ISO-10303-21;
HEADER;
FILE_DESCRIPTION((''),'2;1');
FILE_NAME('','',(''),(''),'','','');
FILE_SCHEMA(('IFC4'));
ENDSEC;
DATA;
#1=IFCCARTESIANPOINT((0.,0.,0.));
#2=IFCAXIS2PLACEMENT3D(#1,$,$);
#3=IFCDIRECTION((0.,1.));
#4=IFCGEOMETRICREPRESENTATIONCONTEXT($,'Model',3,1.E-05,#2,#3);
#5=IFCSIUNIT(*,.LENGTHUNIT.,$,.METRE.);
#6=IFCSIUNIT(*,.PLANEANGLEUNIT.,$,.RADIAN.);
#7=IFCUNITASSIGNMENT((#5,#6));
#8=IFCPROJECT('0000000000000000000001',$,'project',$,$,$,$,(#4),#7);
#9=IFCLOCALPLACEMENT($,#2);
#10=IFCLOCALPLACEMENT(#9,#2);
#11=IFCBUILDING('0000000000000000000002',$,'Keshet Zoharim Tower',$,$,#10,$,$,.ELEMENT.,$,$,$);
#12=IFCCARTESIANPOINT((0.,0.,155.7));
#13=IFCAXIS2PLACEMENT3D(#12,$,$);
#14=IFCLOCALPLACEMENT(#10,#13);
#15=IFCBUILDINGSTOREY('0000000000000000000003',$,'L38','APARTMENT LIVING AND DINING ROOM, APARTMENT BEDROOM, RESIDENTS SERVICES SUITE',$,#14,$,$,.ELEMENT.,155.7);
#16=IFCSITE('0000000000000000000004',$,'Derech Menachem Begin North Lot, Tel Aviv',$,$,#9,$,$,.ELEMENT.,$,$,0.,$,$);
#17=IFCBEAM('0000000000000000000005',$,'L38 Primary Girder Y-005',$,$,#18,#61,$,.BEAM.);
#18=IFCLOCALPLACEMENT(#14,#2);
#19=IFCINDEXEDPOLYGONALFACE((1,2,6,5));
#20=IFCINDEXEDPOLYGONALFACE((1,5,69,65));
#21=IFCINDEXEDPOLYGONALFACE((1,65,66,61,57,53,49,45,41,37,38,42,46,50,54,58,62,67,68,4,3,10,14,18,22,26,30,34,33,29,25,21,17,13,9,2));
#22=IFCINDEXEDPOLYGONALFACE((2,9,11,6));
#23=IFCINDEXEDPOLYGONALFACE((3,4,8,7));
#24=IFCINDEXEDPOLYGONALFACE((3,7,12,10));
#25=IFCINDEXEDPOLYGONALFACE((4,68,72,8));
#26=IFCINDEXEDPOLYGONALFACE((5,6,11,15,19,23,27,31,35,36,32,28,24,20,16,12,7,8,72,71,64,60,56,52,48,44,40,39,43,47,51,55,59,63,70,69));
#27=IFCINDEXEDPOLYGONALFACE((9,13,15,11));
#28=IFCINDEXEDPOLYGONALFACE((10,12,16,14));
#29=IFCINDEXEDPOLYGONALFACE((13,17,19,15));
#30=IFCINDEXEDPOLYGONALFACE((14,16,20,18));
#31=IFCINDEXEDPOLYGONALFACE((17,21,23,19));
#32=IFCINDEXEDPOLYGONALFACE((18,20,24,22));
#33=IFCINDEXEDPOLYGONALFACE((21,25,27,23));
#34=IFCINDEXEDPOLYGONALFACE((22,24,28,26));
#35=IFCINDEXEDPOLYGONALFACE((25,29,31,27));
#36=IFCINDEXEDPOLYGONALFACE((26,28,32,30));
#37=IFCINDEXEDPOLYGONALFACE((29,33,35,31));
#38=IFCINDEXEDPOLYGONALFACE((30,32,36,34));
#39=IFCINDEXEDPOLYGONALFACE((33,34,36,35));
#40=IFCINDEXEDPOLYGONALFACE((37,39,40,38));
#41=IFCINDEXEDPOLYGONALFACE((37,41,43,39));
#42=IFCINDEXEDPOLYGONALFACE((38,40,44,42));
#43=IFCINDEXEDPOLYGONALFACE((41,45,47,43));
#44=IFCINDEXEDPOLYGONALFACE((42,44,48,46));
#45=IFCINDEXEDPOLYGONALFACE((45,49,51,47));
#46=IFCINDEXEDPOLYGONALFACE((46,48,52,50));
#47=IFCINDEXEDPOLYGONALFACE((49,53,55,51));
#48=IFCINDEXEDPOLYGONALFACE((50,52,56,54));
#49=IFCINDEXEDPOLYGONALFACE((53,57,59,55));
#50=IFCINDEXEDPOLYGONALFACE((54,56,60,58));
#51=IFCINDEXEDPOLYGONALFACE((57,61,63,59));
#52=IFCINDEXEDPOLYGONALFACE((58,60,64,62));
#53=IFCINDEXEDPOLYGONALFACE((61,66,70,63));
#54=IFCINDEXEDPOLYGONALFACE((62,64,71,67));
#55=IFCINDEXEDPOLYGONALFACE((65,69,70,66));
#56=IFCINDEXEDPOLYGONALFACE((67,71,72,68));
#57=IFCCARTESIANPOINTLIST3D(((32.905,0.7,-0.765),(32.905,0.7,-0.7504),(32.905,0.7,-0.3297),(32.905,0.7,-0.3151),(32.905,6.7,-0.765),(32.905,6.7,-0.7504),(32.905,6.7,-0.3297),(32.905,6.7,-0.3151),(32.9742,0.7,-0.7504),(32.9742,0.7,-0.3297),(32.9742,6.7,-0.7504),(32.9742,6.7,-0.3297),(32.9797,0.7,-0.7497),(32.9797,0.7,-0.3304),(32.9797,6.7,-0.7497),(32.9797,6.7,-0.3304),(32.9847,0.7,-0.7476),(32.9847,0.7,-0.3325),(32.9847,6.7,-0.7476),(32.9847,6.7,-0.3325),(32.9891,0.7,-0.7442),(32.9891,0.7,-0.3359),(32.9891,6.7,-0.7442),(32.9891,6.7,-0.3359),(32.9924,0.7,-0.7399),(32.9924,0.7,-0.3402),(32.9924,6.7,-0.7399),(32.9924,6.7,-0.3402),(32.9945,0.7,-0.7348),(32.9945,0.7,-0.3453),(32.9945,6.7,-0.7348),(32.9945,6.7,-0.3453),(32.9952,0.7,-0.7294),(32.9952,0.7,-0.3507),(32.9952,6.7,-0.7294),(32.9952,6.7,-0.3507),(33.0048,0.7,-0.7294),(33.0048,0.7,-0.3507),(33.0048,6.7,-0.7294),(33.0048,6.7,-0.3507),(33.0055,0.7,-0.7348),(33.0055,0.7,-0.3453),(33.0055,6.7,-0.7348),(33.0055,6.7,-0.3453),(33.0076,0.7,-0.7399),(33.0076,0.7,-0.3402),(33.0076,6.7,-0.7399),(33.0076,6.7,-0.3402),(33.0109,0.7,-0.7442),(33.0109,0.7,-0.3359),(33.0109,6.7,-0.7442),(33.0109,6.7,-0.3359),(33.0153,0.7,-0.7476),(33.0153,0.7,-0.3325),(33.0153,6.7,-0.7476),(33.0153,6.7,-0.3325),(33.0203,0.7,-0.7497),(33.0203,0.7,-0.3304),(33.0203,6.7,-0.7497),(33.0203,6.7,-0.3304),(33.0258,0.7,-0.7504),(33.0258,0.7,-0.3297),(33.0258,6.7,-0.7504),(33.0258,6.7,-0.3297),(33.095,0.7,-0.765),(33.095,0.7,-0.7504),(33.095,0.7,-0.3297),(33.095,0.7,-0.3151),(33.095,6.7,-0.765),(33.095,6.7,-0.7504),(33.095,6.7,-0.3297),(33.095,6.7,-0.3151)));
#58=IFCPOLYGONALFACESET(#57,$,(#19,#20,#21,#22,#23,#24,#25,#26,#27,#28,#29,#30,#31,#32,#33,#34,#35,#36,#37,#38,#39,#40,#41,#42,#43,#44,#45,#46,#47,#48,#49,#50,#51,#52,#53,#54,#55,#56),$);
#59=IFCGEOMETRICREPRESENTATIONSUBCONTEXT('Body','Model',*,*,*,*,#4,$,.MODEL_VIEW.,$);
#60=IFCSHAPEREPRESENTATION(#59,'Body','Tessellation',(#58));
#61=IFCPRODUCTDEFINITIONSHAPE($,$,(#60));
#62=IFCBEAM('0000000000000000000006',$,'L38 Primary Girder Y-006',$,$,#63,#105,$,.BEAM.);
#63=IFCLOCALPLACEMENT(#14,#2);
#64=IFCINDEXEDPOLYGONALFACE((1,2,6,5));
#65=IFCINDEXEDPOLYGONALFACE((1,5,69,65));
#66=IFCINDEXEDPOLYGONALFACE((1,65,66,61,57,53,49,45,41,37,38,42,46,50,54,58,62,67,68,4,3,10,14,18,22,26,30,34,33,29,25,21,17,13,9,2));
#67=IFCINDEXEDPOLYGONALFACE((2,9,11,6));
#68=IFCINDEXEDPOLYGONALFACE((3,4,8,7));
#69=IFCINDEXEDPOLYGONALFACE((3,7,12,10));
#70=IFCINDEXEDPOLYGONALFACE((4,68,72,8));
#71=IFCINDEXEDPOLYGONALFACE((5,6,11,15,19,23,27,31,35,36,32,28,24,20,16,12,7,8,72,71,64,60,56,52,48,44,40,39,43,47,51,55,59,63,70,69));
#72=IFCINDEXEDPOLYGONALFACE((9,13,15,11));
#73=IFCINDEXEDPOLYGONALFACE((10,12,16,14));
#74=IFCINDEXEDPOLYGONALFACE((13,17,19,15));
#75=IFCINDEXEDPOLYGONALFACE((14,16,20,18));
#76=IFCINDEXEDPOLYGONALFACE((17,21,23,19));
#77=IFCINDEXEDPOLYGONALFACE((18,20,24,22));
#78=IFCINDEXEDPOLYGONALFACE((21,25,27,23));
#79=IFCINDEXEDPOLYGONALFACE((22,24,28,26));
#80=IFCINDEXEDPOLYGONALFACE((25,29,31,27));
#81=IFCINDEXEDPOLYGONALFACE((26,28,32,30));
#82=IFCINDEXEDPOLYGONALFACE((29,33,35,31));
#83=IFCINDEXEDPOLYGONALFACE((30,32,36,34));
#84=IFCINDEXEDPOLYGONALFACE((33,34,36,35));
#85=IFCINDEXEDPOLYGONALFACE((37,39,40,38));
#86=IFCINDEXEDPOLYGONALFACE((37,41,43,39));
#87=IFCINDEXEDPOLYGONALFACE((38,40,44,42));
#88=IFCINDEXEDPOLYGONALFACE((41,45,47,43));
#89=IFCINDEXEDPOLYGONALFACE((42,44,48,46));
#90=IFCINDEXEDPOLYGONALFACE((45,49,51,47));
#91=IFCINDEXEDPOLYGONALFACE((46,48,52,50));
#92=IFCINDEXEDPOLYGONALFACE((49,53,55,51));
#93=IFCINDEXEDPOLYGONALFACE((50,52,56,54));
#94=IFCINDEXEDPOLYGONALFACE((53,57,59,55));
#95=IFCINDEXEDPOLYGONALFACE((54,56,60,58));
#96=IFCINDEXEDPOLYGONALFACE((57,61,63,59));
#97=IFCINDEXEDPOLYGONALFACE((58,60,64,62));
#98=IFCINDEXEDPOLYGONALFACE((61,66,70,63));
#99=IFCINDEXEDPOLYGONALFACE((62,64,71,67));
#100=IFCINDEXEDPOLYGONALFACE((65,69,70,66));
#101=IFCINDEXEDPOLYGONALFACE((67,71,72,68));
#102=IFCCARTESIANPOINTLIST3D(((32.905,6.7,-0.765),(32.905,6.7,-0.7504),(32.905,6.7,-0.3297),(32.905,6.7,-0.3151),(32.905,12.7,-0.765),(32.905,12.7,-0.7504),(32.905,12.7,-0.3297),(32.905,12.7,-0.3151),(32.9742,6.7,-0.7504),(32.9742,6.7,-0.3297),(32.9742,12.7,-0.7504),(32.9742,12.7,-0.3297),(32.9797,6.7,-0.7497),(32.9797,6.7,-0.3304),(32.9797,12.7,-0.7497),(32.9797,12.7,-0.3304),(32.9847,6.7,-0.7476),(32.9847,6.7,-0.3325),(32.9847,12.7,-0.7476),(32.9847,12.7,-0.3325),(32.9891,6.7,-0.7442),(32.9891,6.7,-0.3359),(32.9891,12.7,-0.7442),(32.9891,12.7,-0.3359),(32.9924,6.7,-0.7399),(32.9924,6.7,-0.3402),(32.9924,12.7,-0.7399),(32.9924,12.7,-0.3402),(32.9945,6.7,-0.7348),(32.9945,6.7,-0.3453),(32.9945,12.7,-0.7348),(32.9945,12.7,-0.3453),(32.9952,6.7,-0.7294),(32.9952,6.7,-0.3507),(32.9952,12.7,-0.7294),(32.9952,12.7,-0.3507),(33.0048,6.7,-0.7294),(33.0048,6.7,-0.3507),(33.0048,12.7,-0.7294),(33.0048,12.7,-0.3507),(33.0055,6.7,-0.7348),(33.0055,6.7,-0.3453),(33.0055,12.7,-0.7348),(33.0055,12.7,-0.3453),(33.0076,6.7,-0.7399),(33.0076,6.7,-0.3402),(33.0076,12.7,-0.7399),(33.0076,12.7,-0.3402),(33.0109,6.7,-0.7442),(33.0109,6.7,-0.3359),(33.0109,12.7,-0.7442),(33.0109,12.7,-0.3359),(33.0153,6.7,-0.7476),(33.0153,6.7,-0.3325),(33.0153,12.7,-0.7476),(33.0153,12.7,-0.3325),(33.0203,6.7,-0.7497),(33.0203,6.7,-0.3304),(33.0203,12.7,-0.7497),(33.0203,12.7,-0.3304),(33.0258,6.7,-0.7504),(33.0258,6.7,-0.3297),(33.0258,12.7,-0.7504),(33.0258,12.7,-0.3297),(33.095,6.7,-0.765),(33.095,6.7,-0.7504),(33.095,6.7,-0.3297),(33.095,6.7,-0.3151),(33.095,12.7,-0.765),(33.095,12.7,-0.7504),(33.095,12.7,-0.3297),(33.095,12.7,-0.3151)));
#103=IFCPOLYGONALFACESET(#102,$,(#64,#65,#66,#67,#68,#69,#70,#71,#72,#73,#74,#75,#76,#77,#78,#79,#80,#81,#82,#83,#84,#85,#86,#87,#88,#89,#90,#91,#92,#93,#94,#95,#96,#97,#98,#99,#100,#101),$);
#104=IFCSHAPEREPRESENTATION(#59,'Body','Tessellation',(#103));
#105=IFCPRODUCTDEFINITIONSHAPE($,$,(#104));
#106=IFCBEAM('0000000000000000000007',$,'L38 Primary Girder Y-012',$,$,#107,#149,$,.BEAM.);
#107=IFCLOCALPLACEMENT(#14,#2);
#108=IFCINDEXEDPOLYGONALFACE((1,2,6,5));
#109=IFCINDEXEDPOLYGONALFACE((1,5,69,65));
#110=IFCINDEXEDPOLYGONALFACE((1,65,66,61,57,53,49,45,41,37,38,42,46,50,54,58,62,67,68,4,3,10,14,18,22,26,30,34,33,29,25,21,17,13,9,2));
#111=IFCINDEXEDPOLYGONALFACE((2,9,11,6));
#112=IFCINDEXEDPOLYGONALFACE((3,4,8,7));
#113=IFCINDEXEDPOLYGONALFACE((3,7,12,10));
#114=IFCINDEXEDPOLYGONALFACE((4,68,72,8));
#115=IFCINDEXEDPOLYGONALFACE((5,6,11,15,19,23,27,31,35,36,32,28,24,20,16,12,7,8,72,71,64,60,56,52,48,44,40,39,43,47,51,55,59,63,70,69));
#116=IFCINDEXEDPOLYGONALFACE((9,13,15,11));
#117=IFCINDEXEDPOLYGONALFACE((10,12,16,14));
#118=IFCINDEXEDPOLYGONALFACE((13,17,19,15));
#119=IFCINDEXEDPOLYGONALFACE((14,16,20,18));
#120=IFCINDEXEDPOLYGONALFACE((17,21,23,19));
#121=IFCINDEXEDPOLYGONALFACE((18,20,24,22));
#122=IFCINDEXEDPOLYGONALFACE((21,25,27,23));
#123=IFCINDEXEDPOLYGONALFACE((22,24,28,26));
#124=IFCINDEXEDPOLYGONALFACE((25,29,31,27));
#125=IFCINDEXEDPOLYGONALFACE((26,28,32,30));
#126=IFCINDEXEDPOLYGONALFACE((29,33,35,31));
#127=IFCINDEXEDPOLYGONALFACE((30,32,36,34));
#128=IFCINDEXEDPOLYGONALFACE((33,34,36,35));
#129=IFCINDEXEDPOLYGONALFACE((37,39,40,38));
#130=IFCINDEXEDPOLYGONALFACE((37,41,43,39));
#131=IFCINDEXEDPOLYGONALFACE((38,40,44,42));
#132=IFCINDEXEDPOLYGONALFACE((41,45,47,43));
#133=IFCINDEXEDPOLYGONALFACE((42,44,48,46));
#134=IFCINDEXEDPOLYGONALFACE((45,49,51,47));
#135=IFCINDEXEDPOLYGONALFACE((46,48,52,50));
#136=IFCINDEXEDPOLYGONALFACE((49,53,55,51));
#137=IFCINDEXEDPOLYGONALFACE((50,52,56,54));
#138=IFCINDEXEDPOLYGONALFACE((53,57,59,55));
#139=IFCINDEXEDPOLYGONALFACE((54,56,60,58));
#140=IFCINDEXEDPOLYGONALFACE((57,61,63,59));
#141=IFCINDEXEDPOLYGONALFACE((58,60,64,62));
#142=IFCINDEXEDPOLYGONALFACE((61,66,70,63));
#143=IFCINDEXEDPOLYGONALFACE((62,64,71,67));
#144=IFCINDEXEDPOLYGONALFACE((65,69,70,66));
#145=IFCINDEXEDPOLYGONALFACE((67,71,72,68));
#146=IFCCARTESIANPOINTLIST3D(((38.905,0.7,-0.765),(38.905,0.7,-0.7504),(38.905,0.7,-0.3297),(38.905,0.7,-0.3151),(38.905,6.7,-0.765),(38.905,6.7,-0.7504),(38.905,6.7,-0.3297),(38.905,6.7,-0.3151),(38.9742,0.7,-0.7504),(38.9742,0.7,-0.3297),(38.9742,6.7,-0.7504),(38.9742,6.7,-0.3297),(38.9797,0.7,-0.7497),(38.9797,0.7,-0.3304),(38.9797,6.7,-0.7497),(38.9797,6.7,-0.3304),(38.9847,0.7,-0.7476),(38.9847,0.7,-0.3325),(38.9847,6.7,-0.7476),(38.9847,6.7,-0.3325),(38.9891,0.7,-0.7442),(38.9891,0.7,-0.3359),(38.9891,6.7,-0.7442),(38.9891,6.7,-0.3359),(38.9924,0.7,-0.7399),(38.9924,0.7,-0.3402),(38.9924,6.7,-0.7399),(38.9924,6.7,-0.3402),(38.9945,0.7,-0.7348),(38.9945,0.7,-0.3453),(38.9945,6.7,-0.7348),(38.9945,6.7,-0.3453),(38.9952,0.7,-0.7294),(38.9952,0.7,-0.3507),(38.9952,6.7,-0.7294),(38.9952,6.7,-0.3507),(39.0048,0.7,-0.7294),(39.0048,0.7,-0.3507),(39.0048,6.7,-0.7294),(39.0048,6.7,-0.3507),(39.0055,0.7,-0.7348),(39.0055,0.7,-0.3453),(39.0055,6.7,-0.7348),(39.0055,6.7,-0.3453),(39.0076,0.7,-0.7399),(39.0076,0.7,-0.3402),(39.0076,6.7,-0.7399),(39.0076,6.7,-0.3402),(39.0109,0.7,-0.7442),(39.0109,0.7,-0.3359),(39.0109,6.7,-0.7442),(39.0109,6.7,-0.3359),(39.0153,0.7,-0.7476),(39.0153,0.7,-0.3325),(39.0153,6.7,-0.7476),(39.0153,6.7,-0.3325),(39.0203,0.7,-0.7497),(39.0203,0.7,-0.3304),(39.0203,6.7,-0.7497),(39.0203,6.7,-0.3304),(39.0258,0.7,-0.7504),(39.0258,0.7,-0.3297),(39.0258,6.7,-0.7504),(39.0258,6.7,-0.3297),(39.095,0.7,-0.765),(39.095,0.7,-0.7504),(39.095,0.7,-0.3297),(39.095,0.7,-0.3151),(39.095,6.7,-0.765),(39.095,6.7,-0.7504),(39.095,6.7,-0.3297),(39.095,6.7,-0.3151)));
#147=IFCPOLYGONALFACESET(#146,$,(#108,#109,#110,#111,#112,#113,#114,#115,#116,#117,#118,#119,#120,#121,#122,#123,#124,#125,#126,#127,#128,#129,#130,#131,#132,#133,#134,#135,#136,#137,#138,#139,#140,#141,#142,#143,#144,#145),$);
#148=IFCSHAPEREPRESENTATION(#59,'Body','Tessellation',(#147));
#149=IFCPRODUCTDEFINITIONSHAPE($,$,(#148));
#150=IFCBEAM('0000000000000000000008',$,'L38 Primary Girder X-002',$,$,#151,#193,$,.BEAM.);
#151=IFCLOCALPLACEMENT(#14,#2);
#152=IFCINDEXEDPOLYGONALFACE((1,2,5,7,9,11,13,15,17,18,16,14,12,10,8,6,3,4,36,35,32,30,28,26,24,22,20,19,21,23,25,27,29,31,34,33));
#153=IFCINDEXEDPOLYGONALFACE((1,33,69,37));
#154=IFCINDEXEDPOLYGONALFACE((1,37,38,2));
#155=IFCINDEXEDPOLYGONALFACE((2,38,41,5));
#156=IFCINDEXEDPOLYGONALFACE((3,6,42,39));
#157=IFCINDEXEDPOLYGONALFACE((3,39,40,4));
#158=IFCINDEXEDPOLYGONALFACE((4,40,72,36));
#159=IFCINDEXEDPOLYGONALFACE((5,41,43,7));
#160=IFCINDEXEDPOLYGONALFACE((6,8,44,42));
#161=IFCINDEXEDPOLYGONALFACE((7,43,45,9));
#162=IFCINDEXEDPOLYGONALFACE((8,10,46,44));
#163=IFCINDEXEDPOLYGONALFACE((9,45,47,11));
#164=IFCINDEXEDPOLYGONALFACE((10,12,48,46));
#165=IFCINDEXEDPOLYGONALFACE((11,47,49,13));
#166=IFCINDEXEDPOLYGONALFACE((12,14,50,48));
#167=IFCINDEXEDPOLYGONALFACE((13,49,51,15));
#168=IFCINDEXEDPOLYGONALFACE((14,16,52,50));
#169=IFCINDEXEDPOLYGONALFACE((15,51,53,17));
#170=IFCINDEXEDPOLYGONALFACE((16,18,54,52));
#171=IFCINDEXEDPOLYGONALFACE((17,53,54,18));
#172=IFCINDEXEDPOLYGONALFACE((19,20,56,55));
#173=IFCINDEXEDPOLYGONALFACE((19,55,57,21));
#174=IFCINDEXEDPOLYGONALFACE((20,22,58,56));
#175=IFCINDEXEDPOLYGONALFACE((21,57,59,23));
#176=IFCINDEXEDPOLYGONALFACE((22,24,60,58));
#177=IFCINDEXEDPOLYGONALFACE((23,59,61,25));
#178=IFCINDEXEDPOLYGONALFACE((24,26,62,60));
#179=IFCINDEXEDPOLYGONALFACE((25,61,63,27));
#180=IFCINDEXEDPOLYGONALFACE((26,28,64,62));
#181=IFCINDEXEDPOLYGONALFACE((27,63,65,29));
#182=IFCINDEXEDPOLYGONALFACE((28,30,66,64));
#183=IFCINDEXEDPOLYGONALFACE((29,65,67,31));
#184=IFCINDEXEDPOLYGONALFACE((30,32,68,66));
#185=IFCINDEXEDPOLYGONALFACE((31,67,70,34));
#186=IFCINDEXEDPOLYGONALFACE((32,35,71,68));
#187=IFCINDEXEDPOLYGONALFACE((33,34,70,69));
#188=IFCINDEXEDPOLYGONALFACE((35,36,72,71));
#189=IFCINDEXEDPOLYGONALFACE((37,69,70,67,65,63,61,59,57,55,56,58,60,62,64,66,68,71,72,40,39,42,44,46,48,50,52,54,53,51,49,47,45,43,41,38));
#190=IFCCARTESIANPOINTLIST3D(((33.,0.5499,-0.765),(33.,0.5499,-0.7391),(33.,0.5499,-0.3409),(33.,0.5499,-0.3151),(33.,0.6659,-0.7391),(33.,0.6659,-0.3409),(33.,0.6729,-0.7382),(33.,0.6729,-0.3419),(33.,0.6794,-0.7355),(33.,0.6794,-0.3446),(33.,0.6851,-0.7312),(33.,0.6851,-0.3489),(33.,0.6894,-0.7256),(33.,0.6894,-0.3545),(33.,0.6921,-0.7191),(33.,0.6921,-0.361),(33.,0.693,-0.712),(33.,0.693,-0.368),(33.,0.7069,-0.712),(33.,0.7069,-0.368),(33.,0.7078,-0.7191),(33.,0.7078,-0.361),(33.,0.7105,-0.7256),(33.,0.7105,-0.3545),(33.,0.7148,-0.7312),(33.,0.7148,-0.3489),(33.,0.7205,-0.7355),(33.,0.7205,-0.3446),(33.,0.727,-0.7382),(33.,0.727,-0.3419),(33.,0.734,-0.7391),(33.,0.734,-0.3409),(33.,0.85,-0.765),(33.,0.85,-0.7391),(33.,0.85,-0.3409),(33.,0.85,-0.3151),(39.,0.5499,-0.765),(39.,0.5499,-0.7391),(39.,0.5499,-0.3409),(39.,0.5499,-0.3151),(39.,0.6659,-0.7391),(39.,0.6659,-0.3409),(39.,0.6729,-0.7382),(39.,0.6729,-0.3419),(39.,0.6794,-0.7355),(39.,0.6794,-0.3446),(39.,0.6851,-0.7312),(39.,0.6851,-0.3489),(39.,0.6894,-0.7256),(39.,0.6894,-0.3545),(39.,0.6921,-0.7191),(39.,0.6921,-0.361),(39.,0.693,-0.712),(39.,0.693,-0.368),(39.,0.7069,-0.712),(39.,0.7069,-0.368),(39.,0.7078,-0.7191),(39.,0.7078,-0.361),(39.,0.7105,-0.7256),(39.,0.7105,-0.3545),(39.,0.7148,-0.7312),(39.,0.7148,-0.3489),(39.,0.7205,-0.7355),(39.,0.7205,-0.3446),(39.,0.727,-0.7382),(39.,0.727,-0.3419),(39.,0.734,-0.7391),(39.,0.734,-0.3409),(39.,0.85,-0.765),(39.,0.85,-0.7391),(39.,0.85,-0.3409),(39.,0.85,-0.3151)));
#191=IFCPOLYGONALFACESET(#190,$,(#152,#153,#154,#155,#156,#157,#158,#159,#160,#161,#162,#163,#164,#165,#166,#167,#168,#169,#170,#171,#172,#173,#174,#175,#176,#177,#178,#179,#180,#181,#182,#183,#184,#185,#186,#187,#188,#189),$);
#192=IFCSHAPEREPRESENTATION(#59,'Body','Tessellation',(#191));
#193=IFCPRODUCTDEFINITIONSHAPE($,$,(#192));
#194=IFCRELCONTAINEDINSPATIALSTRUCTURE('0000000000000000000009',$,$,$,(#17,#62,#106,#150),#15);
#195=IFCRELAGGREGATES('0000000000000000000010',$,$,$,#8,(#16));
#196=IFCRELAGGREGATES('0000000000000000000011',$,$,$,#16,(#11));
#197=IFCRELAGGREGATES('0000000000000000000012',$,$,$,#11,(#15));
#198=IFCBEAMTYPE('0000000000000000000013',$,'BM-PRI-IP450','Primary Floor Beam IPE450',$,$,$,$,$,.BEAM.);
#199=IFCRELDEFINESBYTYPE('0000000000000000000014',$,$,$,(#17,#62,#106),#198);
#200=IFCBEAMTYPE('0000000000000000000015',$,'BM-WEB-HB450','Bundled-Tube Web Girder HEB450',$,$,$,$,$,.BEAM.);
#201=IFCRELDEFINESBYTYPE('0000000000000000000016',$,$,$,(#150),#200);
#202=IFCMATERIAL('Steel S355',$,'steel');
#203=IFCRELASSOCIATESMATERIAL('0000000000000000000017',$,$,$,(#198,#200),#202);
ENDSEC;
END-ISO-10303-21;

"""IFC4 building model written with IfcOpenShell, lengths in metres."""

from ifc_helpers import new_model, si_unit, direction, frame, origin, origin_2d, place, context, subcontext, project, spatial, i_section, extrude, material, material_profile, profile_set, type_object, element, save


model = new_model("IFC4")

# Units and contexts
model_context = context("Model", 3, precision=1e-05, world=origin(), true_north=direction((0.0, 1.0)))
body_context = subcontext(model_context, "Body", "Model", "MODEL_VIEW")
ifc_project = project(units=[si_unit("LENGTHUNIT", "METRE"), si_unit("PLANEANGLEUNIT", "RADIAN")], contexts=[model_context])

# Site, building, storey
site_placement = place(None, origin())
site = spatial("IfcSite", under=ifc_project, at=site_placement, Name="Derech Menachem Begin North Lot, Tel Aviv", CompositionType="ELEMENT", RefElevation=0.0)
building_placement = place(site_placement, origin())
building = spatial("IfcBuilding", under=site, at=building_placement, Name="Keshet Zoharim Tower", CompositionType="ELEMENT")
storey_placement = place(building_placement, frame((0.0, 0.0, 155.7)))
storey = spatial("IfcBuildingStorey", under=building, at=storey_placement, Name="L38", Description="APARTMENT LIVING AND DINING ROOM, APARTMENT BEDROOM, RESIDENTS SERVICES SUITE", CompositionType="ELEMENT", Elevation=155.7)

# Shared definitions
ifc_material_1 = material(Name="Steel S355", Category="steel")

# Beams
ifc_material_profile_1 = material_profile(ifc_material_1, i_section(OverallWidth=0.1899, OverallDepth=0.45, WebThickness=0.0095, FlangeThickness=0.0146, FilletRadius=0.021, at=origin_2d()), Name="IPE450")
ifc_profile_set_1 = profile_set([ifc_material_profile_1], Name="Steel S355")
beam_type_1 = type_object("IfcBeamType", Name="BM-PRI-IP450", Description="Primary Floor Beam IPE450", PredefinedType="BEAM", material=ifc_profile_set_1)
for number, where, z_axis, x_axis, name in (
    (1, (33.0, 0.7, -0.54), (0.0, 1.0, 0.0), (-1.0, 0.0, 0.0), "L38 Primary Girder Y-005"),
    (2, (33.0, 6.7, -0.54), (0.0, 1.0, 0.0), (-1.0, 0.0, 0.0), "L38 Primary Girder Y-006"),
    (3, (39.0, 0.7, -0.54), (0.0, 1.0, 0.0), (-1.0, 0.0, 0.0), "L38 Primary Girder Y-012"),
):
    element("IfcBeam", number, at=place(storey_placement, frame(where, z_axis=z_axis, x_axis=x_axis)), inside=storey, type_object=beam_type_1, Name=name, PredefinedType="BEAM", context=body_context, shape_type="SweptSolid", body=[
        extrude(i_section(OverallWidth=0.1899, OverallDepth=0.45, WebThickness=0.0095, FlangeThickness=0.0146, FilletRadius=0.021, at=origin_2d()), origin(), (0.0, 0.0, 1.0), 6.0),
    ])
ifc_material_profile_2 = material_profile(ifc_material_1, i_section(OverallWidth=0.3, OverallDepth=0.45, WebThickness=0.0139, FlangeThickness=0.0259, FilletRadius=0.0271, at=origin_2d()), Name="HEB450")
ifc_profile_set_2 = profile_set([ifc_material_profile_2], Name="Steel S355")
beam_type_2 = type_object("IfcBeamType", Name="BM-WEB-HB450", Description="Bundled-Tube Web Girder HEB450", PredefinedType="BEAM", material=ifc_profile_set_2)
for number, where, z_axis, x_axis, name in (
    (4, (33.0, 0.7, -0.54), (1.0, 0.0, 0.0), (0.0, 1.0, 0.0), "L38 Primary Girder X-002"),
):
    element("IfcBeam", number, at=place(storey_placement, frame(where, z_axis=z_axis, x_axis=x_axis)), inside=storey, type_object=beam_type_2, Name=name, PredefinedType="BEAM", context=body_context, shape_type="SweptSolid", body=[
        extrude(i_section(OverallWidth=0.3, OverallDepth=0.45, WebThickness=0.0139, FlangeThickness=0.0259, FilletRadius=0.0271, at=origin_2d()), origin(), (0.0, 0.0, 1.0), 6.0),
    ])

save(model, "model.ifc")
